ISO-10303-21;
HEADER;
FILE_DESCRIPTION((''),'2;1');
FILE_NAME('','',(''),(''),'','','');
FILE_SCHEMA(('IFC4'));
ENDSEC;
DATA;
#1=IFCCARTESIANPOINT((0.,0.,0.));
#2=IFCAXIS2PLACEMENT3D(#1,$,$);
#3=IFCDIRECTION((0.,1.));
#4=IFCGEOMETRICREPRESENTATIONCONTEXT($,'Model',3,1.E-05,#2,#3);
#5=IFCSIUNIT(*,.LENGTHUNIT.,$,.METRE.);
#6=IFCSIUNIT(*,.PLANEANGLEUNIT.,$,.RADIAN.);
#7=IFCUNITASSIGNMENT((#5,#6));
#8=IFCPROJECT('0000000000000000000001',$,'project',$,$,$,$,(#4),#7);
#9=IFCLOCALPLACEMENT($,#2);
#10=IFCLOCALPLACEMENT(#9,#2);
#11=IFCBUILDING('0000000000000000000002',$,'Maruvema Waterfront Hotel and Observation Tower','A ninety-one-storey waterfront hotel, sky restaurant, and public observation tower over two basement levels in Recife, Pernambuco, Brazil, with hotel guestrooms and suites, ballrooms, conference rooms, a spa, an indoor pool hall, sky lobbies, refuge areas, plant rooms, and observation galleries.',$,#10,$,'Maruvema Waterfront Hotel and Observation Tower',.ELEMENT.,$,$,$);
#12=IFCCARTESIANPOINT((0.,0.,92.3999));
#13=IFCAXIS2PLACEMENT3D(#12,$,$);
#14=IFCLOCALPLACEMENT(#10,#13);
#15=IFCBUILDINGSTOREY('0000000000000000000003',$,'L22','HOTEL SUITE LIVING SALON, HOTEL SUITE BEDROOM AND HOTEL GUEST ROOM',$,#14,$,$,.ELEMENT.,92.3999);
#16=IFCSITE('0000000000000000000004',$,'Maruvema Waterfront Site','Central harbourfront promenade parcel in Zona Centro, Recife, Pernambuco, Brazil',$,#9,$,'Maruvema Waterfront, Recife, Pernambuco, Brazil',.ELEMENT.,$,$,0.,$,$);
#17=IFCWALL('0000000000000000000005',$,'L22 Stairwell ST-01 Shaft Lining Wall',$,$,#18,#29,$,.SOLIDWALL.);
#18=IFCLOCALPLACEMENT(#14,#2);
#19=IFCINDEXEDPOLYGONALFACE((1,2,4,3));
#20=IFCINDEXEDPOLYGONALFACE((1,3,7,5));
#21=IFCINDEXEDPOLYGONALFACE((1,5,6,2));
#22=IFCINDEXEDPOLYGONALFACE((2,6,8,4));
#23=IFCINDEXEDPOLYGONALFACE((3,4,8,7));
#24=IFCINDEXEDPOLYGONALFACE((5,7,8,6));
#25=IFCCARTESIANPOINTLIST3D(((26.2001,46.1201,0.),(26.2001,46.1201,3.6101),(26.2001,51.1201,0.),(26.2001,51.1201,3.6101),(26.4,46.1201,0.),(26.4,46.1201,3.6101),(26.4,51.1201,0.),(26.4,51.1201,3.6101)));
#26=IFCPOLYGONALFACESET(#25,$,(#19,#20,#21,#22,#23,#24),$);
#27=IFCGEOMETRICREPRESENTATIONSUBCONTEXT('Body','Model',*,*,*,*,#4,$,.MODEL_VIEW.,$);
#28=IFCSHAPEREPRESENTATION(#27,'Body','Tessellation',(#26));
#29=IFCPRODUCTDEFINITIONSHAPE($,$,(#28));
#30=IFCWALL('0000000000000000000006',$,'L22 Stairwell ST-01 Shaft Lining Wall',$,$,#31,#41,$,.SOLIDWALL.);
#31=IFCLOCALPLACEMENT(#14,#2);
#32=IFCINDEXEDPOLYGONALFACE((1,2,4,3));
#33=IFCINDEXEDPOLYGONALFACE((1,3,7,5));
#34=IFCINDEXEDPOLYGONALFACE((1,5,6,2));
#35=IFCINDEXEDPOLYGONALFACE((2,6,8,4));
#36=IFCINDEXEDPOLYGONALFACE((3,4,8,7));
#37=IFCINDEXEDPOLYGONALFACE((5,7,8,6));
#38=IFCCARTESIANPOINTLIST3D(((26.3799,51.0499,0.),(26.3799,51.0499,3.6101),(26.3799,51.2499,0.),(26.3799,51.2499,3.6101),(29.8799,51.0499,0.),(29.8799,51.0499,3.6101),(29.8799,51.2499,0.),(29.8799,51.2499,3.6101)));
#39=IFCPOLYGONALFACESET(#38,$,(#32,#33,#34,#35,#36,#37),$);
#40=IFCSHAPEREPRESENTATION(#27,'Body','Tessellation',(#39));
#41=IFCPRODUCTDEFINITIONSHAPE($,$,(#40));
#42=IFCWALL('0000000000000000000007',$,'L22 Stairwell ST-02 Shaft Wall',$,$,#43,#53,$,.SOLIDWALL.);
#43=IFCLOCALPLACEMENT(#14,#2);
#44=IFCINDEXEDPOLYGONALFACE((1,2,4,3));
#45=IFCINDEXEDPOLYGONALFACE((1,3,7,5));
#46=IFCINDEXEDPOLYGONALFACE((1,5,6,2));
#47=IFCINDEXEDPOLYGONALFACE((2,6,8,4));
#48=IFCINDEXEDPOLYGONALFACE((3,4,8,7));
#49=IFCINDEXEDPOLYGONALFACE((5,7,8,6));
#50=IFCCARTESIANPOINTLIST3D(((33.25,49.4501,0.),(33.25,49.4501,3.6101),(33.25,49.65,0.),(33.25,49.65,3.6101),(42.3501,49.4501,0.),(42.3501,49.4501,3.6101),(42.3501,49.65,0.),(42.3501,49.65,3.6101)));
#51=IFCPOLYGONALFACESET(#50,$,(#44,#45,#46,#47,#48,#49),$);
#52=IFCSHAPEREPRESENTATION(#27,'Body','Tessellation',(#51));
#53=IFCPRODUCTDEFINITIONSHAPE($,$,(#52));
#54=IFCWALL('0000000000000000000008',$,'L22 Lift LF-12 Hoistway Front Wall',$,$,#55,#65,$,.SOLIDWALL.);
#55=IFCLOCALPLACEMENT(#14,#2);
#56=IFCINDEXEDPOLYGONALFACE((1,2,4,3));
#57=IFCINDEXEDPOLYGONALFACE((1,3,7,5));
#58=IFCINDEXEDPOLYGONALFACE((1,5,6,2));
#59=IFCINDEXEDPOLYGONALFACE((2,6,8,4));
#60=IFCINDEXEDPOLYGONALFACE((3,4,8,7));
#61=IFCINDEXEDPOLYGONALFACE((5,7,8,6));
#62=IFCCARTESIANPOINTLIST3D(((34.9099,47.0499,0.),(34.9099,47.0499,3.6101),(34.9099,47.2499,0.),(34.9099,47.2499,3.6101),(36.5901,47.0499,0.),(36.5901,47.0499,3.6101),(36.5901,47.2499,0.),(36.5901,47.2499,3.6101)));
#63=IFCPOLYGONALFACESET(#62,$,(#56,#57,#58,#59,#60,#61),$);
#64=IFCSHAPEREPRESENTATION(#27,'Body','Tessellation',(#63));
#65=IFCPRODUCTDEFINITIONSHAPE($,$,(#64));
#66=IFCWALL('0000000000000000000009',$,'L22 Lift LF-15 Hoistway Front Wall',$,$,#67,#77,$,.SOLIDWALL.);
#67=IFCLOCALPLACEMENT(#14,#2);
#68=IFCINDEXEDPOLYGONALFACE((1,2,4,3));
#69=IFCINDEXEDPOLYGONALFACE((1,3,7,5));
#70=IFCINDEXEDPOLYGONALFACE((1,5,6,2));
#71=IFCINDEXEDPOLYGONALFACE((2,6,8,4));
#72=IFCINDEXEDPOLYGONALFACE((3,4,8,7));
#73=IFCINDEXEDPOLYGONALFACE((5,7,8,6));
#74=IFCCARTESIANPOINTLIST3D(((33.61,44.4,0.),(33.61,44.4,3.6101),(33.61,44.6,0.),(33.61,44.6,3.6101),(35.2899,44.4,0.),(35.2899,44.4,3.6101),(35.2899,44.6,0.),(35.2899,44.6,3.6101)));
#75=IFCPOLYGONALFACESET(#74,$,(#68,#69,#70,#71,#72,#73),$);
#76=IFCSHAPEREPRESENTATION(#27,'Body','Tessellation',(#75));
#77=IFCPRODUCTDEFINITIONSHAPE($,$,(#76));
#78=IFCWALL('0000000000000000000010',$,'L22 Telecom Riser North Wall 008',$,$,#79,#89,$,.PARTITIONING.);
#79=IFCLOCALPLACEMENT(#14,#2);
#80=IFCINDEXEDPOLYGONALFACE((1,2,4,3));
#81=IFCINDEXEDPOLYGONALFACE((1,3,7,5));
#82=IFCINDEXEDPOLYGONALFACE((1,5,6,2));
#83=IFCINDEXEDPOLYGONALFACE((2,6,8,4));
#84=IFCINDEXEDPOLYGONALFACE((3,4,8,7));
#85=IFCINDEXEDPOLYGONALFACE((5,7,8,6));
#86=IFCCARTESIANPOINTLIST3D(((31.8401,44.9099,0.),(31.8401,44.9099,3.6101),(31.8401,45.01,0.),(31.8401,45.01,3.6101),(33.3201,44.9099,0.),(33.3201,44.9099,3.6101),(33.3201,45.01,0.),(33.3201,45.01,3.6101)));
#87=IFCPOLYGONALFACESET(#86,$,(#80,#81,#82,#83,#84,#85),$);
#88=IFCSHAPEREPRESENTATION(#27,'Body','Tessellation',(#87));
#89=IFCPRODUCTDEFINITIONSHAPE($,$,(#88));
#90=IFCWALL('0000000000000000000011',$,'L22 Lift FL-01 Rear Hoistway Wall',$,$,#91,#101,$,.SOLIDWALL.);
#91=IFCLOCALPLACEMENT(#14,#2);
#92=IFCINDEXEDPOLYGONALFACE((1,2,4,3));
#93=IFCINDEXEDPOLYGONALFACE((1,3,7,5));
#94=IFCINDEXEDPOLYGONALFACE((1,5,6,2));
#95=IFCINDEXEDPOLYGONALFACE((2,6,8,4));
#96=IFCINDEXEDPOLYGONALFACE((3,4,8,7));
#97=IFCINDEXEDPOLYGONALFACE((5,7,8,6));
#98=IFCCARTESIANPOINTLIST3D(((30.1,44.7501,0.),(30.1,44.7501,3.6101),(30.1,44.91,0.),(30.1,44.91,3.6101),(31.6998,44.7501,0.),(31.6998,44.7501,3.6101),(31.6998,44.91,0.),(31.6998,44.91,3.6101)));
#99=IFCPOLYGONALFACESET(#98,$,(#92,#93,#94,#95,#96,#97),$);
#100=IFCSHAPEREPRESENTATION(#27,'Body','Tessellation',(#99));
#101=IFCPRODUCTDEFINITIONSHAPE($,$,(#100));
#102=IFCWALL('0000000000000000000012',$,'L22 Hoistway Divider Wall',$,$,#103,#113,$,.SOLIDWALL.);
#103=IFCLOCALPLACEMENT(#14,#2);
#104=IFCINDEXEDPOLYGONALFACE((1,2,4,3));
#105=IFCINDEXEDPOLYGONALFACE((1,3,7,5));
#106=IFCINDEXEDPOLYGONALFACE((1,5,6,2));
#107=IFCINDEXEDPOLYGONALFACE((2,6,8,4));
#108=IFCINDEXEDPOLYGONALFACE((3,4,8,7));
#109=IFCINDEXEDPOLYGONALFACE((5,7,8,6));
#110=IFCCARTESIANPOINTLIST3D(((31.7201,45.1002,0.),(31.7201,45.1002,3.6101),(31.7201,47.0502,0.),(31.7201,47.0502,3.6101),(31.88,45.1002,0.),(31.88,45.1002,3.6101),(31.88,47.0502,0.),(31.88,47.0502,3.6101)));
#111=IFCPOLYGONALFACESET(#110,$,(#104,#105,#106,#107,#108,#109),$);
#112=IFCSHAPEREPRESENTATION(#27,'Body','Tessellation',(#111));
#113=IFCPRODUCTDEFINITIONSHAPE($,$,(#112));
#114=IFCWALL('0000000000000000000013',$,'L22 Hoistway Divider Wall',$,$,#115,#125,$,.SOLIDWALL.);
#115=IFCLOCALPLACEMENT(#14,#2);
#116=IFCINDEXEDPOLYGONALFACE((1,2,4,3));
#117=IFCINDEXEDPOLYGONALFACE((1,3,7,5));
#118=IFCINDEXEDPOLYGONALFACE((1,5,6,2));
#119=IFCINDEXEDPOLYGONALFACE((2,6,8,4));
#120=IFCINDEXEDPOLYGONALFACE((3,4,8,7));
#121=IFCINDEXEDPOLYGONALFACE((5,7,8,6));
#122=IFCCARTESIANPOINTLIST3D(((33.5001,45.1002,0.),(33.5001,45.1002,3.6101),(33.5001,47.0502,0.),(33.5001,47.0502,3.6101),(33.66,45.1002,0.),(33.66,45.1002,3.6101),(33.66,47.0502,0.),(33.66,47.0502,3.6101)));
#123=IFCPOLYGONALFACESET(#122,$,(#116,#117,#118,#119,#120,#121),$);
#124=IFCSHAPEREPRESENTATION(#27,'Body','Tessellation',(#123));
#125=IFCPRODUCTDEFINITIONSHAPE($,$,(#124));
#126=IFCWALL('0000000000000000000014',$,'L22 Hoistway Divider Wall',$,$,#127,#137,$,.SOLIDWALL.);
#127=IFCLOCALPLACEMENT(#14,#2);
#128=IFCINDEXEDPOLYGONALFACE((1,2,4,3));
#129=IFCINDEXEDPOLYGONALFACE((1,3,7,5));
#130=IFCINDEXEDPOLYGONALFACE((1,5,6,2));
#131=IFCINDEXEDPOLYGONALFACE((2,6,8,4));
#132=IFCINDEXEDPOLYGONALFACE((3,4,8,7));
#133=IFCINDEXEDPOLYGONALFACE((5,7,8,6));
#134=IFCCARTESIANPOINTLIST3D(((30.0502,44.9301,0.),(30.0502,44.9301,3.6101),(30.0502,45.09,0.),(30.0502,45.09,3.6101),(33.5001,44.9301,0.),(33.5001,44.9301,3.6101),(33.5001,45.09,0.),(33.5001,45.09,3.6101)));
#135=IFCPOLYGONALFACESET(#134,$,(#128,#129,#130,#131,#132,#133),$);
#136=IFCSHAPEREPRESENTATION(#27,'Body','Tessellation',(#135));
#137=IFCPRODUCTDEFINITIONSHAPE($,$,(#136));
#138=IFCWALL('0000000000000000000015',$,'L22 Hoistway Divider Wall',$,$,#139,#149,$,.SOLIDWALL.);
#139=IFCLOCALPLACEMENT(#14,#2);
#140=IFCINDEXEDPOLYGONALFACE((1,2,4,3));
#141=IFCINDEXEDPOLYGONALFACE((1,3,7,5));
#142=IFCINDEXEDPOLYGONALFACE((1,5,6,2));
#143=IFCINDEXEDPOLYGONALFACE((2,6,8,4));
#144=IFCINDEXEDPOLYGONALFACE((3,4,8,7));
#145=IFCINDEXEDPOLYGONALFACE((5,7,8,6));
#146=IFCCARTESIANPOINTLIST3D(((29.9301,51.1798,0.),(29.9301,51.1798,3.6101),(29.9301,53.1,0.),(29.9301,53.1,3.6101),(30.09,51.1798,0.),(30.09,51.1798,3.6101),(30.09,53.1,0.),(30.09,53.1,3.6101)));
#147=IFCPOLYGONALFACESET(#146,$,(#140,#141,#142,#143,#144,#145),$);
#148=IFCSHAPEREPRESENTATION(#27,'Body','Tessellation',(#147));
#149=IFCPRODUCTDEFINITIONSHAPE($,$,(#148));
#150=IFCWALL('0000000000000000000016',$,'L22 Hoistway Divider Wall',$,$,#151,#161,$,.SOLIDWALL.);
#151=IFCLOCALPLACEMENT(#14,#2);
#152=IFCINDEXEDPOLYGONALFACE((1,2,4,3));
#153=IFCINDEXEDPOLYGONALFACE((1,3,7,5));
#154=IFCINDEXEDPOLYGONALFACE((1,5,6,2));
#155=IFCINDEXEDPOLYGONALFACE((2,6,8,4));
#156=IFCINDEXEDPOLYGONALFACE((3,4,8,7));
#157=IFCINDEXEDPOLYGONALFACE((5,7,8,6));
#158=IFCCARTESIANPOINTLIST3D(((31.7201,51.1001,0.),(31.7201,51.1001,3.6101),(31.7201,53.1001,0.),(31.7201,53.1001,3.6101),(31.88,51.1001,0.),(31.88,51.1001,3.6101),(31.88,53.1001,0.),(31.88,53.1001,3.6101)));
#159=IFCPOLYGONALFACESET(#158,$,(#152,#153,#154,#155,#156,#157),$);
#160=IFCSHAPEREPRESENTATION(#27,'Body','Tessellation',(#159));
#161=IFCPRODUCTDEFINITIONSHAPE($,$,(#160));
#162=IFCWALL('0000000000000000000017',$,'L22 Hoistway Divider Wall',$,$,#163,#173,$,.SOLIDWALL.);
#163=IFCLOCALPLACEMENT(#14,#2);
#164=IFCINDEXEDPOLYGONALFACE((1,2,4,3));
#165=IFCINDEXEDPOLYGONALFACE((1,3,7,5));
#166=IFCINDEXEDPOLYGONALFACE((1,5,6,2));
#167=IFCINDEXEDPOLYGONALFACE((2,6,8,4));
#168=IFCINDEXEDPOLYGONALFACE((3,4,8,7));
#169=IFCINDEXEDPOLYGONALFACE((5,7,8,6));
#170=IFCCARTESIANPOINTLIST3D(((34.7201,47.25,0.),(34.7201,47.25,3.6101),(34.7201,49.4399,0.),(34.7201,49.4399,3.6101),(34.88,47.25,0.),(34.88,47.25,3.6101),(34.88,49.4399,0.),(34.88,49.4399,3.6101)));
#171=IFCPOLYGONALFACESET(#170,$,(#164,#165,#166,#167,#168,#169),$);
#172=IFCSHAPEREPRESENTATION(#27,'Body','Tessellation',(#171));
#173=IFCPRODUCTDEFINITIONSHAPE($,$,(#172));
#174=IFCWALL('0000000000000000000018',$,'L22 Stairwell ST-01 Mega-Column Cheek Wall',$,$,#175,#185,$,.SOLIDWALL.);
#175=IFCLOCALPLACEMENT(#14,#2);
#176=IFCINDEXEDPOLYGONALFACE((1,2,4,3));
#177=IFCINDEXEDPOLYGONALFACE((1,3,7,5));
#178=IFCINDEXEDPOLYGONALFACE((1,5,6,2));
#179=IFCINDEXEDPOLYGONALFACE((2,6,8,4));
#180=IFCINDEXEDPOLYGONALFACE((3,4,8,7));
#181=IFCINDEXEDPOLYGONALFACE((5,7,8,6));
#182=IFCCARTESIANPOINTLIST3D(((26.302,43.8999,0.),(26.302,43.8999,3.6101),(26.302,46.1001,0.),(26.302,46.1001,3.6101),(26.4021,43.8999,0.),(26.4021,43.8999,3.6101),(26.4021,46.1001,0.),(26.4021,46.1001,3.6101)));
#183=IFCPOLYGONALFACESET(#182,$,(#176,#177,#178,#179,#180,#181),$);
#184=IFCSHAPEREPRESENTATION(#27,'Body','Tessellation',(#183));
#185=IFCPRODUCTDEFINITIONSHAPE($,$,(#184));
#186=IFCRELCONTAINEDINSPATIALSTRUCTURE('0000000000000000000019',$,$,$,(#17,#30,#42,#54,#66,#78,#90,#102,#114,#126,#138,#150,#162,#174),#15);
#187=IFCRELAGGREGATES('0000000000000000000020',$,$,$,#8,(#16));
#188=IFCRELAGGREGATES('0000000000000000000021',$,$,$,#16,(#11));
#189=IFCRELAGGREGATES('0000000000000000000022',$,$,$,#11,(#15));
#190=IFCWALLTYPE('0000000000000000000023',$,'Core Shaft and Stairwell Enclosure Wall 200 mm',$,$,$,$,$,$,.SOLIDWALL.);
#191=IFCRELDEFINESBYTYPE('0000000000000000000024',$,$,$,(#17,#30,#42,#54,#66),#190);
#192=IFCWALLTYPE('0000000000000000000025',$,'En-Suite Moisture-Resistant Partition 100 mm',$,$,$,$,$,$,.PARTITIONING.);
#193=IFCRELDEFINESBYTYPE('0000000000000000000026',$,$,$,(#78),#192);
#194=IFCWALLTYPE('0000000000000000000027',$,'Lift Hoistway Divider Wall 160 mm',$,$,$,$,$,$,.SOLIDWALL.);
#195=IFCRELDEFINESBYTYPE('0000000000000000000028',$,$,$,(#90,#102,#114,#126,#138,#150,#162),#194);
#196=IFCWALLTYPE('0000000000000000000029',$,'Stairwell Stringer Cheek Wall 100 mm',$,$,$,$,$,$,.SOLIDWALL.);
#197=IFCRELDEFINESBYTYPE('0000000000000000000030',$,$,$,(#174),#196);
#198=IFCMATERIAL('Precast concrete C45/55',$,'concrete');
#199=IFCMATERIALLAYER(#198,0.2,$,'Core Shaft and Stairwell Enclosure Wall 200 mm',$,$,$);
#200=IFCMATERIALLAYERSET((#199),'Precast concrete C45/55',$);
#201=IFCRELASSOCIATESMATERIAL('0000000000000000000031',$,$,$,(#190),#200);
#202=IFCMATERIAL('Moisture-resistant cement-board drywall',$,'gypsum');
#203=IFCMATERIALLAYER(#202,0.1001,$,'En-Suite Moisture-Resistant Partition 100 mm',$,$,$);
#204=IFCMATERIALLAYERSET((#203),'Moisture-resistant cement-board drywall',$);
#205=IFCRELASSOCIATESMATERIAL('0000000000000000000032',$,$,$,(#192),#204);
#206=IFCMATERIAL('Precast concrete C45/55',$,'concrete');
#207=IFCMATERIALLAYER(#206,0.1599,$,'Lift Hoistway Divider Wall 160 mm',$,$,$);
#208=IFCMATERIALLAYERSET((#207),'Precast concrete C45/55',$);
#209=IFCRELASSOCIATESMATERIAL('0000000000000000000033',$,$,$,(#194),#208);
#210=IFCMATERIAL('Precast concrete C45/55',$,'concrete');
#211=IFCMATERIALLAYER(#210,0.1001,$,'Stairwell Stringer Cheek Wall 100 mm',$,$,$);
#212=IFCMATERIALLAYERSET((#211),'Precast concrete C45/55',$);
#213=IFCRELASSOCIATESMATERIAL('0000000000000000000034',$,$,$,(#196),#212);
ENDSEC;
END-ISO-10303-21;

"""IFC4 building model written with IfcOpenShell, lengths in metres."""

from ifc_helpers import new_model, si_unit, direction, frame, frame_2d, origin, place, context, subcontext, project, spatial, rectangle, extrude, material, layer, layer_set, type_object, element, save


model = new_model("IFC4")

# Units and contexts
model_context = context("Model", 3, precision=1e-05, world=origin(), true_north=direction((0.0, 1.0)))
body_context = subcontext(model_context, "Body", "Model", "MODEL_VIEW")
ifc_project = project(units=[si_unit("LENGTHUNIT", "METRE"), si_unit("PLANEANGLEUNIT", "RADIAN")], contexts=[model_context])

# Site, building, storey
site_placement = place(None, origin())
site = spatial("IfcSite", under=ifc_project, at=site_placement, Name="Maruvema Waterfront Site", Description="Central harbourfront promenade parcel in Zona Centro, Recife, Pernambuco, Brazil", LongName="Maruvema Waterfront, Recife, Pernambuco, Brazil", CompositionType="ELEMENT", RefElevation=0.0)
building_placement = place(site_placement, origin())
building = spatial("IfcBuilding", under=site, at=building_placement, Name="Maruvema Waterfront Hotel and Observation Tower", Description="A ninety-one-storey waterfront hotel, sky restaurant, and public observation tower over two basement levels in Recife, Pernambuco, Brazil, with hotel guestrooms and suites, ballrooms, conference rooms, a spa, an indoor pool hall, sky lobbies, refuge areas, plant rooms, and observation galleries.", LongName="Maruvema Waterfront Hotel and Observation Tower", CompositionType="ELEMENT")
storey_placement = place(building_placement, frame((0.0, 0.0, 92.3999)))
storey = spatial("IfcBuildingStorey", under=building, at=storey_placement, Name="L22", Description="HOTEL SUITE LIVING SALON, HOTEL SUITE BEDROOM AND HOTEL GUEST ROOM", CompositionType="ELEMENT", Elevation=92.3999)

# Walls
ifc_material_1 = material(Name="Precast concrete C45/55", Category="concrete")
ifc_layer_1 = layer(ifc_material_1, 0.2, Name="Core Shaft and Stairwell Enclosure Wall 200 mm")
ifc_layer_set_1 = layer_set([ifc_layer_1], Name="Precast concrete C45/55")
wall_type_1 = type_object("IfcWallType", Name="Core Shaft and Stairwell Enclosure Wall 200 mm", PredefinedType="SOLIDWALL", material=ifc_layer_set_1)
wall_1_placement = place(storey_placement, frame((26.3, 46.1201, 0.0), z_axis=(0.0, 0.0, 1.0), x_axis=(0.0, 1.0, 0.0)))
element("IfcWall", 1, at=wall_1_placement, inside=storey, type_object=wall_type_1, Name="L22 Stairwell ST-01 Shaft Lining Wall", PredefinedType="SOLIDWALL", context=body_context, shape_type="SweptSolid", body=[
    extrude(rectangle(XDim=5.0, YDim=0.2, at=frame_2d((2.5, 0.0))), origin(), (0.0, 0.0, 1.0), 3.6101),
])
wall_2_placement = place(storey_placement, frame((26.3799, 51.1499, 0.0), z_axis=(0.0, 0.0, 1.0), x_axis=(1.0, 0.0, 0.0)))
element("IfcWall", 2, at=wall_2_placement, inside=storey, type_object=wall_type_1, Name="L22 Stairwell ST-01 Shaft Lining Wall", PredefinedType="SOLIDWALL", context=body_context, shape_type="SweptSolid", body=[
    extrude(rectangle(XDim=3.5, YDim=0.2, at=frame_2d((1.75, 0.0))), origin(), (0.0, 0.0, 1.0), 3.6101),
])
wall_3_placement = place(storey_placement, frame((33.25, 49.55, 0.0), z_axis=(0.0, 0.0, 1.0), x_axis=(1.0, 0.0, 0.0)))
element("IfcWall", 3, at=wall_3_placement, inside=storey, type_object=wall_type_1, Name="L22 Stairwell ST-02 Shaft Wall", PredefinedType="SOLIDWALL", context=body_context, shape_type="SweptSolid", body=[
    extrude(rectangle(XDim=9.1001, YDim=0.2, at=frame_2d((4.55, 0.0))), origin(), (0.0, 0.0, 1.0), 3.6101),
])

# Walls
wall_4_placement = place(storey_placement, frame((34.9099, 47.1499, 0.0), z_axis=(0.0, 0.0, 1.0), x_axis=(1.0, 0.0, 0.0)))
element("IfcWall", 4, at=wall_4_placement, inside=storey, type_object=wall_type_1, Name="L22 Lift LF-12 Hoistway Front Wall", PredefinedType="SOLIDWALL", context=body_context, shape_type="SweptSolid", body=[
    extrude(rectangle(XDim=1.6802, YDim=0.2, at=frame_2d((0.8401, 0.0))), origin(), (0.0, 0.0, 1.0), 3.6101),
])
wall_5_placement = place(storey_placement, frame((33.6101, 44.5, 0.0), z_axis=(0.0, 0.0, 1.0), x_axis=(1.0, 0.0, 0.0)))
element("IfcWall", 5, at=wall_5_placement, inside=storey, type_object=wall_type_1, Name="L22 Lift LF-15 Hoistway Front Wall", PredefinedType="SOLIDWALL", context=body_context, shape_type="SweptSolid", body=[
    extrude(rectangle(XDim=1.6799, YDim=0.2, at=frame_2d((0.8398, 0.0))), origin(), (0.0, 0.0, 1.0), 3.6101),
])
ifc_material_2 = material(Name="Moisture-resistant cement-board drywall", Category="gypsum")
ifc_layer_2 = layer(ifc_material_2, 0.1001, Name="En-Suite Moisture-Resistant Partition 100 mm")
ifc_layer_set_2 = layer_set([ifc_layer_2], Name="Moisture-resistant cement-board drywall")
wall_type_2 = type_object("IfcWallType", Name="En-Suite Moisture-Resistant Partition 100 mm", PredefinedType="PARTITIONING", material=ifc_layer_set_2)
wall_6_placement = place(storey_placement, frame((31.8401, 44.96, 0.0), z_axis=(0.0, 0.0, 1.0), x_axis=(1.0, 0.0, 0.0)))
element("IfcWall", 6, at=wall_6_placement, inside=storey, type_object=wall_type_2, Name="L22 Telecom Riser North Wall 008", PredefinedType="PARTITIONING", context=body_context, shape_type="SweptSolid", body=[
    extrude(rectangle(XDim=1.48, YDim=0.1001, at=frame_2d((0.74, 0.0))), origin(), (0.0, 0.0, 1.0), 3.6101),
])
ifc_material_3 = material(Name="Precast concrete C45/55", Category="concrete")
ifc_layer_3 = layer(ifc_material_3, 0.1599, Name="Lift Hoistway Divider Wall 160 mm")
ifc_layer_set_3 = layer_set([ifc_layer_3], Name="Precast concrete C45/55")
wall_type_3 = type_object("IfcWallType", Name="Lift Hoistway Divider Wall 160 mm", PredefinedType="SOLIDWALL", material=ifc_layer_set_3)
wall_7_placement = place(storey_placement, frame((30.1001, 44.8301, 0.0), z_axis=(0.0, 0.0, 1.0), x_axis=(1.0, 0.0, 0.0)))
element("IfcWall", 7, at=wall_7_placement, inside=storey, type_object=wall_type_3, Name="L22 Lift FL-01 Rear Hoistway Wall", PredefinedType="SOLIDWALL", context=body_context, shape_type="SweptSolid", body=[
    extrude(rectangle(XDim=1.5999, YDim=0.1599, at=frame_2d((0.7998, 0.0))), origin(), (0.0, 0.0, 1.0), 3.6101),
])
for number, where, z_axis, x_axis, name in (
    (8, (31.8, 45.1001, 0.0), (0.0, 0.0, 1.0), (0.0, 1.0, 0.0), "L22 Hoistway Divider Wall"),
    (9, (33.5801, 45.1001, 0.0), (0.0, 0.0, 1.0), (0.0, 1.0, 0.0), "L22 Hoistway Divider Wall"),
):
    element("IfcWall", number, at=place(storey_placement, frame(where, z_axis=z_axis, x_axis=x_axis)), inside=storey, type_object=wall_type_3, Name=name, PredefinedType="SOLIDWALL", context=body_context, shape_type="SweptSolid", body=[
        extrude(rectangle(XDim=1.95, YDim=0.1599, at=frame_2d((0.9751, 0.0))), origin(), (0.0, 0.0, 1.0), 3.6101),
    ])
wall_8_placement = place(storey_placement, frame((30.05, 45.01, 0.0), z_axis=(0.0, 0.0, 1.0), x_axis=(1.0, 0.0, 0.0)))
element("IfcWall", 10, at=wall_8_placement, inside=storey, type_object=wall_type_3, Name="L22 Hoistway Divider Wall", PredefinedType="SOLIDWALL", context=body_context, shape_type="SweptSolid", body=[
    extrude(rectangle(XDim=3.45, YDim=0.1599, at=frame_2d((1.7251, 0.0))), origin(), (0.0, 0.0, 1.0), 3.6101),
])
wall_9_placement = place(storey_placement, frame((30.01, 51.1799, 0.0), z_axis=(0.0, 0.0, 1.0), x_axis=(0.0, 1.0, 0.0)))
element("IfcWall", 11, at=wall_9_placement, inside=storey, type_object=wall_type_3, Name="L22 Hoistway Divider Wall", PredefinedType="SOLIDWALL", context=body_context, shape_type="SweptSolid", body=[
    extrude(rectangle(XDim=1.9202, YDim=0.1599, at=frame_2d((0.96, 0.0))), origin(), (0.0, 0.0, 1.0), 3.6101),
])
wall_10_placement = place(storey_placement, frame((31.8, 51.1001, 0.0), z_axis=(0.0, 0.0, 1.0), x_axis=(0.0, 1.0, 0.0)))
element("IfcWall", 12, at=wall_10_placement, inside=storey, type_object=wall_type_3, Name="L22 Hoistway Divider Wall", PredefinedType="SOLIDWALL", context=body_context, shape_type="SweptSolid", body=[
    extrude(rectangle(XDim=2.0, YDim=0.1599, at=frame_2d((1.0, 0.0))), origin(), (0.0, 0.0, 1.0), 3.6101),
])
wall_11_placement = place(storey_placement, frame((34.8, 47.25, 0.0), z_axis=(0.0, 0.0, 1.0), x_axis=(0.0, 1.0, 0.0)))
element("IfcWall", 13, at=wall_11_placement, inside=storey, type_object=wall_type_3, Name="L22 Hoistway Divider Wall", PredefinedType="SOLIDWALL", context=body_context, shape_type="SweptSolid", body=[
    extrude(rectangle(XDim=2.1899, YDim=0.1599, at=frame_2d((1.095, 0.0))), origin(), (0.0, 0.0, 1.0), 3.6101),
])
ifc_material_4 = material(Name="Precast concrete C45/55", Category="concrete")
ifc_layer_4 = layer(ifc_material_4, 0.1001, Name="Stairwell Stringer Cheek Wall 100 mm")
ifc_layer_set_4 = layer_set([ifc_layer_4], Name="Precast concrete C45/55")
wall_type_4 = type_object("IfcWallType", Name="Stairwell Stringer Cheek Wall 100 mm", PredefinedType="SOLIDWALL", material=ifc_layer_set_4)
wall_12_placement = place(storey_placement, frame((26.3521, 43.8999, 0.0), z_axis=(0.0, 0.0, 1.0), x_axis=(0.0, 1.0, 0.0)))
element("IfcWall", 14, at=wall_12_placement, inside=storey, type_object=wall_type_4, Name="L22 Stairwell ST-01 Mega-Column Cheek Wall", PredefinedType="SOLIDWALL", context=body_context, shape_type="SweptSolid", body=[
    extrude(rectangle(XDim=2.2002, YDim=0.1001, at=frame_2d((1.1001, 0.0))), origin(), (0.0, 0.0, 1.0), 3.6101),
])

save(model, "model.ifc")
